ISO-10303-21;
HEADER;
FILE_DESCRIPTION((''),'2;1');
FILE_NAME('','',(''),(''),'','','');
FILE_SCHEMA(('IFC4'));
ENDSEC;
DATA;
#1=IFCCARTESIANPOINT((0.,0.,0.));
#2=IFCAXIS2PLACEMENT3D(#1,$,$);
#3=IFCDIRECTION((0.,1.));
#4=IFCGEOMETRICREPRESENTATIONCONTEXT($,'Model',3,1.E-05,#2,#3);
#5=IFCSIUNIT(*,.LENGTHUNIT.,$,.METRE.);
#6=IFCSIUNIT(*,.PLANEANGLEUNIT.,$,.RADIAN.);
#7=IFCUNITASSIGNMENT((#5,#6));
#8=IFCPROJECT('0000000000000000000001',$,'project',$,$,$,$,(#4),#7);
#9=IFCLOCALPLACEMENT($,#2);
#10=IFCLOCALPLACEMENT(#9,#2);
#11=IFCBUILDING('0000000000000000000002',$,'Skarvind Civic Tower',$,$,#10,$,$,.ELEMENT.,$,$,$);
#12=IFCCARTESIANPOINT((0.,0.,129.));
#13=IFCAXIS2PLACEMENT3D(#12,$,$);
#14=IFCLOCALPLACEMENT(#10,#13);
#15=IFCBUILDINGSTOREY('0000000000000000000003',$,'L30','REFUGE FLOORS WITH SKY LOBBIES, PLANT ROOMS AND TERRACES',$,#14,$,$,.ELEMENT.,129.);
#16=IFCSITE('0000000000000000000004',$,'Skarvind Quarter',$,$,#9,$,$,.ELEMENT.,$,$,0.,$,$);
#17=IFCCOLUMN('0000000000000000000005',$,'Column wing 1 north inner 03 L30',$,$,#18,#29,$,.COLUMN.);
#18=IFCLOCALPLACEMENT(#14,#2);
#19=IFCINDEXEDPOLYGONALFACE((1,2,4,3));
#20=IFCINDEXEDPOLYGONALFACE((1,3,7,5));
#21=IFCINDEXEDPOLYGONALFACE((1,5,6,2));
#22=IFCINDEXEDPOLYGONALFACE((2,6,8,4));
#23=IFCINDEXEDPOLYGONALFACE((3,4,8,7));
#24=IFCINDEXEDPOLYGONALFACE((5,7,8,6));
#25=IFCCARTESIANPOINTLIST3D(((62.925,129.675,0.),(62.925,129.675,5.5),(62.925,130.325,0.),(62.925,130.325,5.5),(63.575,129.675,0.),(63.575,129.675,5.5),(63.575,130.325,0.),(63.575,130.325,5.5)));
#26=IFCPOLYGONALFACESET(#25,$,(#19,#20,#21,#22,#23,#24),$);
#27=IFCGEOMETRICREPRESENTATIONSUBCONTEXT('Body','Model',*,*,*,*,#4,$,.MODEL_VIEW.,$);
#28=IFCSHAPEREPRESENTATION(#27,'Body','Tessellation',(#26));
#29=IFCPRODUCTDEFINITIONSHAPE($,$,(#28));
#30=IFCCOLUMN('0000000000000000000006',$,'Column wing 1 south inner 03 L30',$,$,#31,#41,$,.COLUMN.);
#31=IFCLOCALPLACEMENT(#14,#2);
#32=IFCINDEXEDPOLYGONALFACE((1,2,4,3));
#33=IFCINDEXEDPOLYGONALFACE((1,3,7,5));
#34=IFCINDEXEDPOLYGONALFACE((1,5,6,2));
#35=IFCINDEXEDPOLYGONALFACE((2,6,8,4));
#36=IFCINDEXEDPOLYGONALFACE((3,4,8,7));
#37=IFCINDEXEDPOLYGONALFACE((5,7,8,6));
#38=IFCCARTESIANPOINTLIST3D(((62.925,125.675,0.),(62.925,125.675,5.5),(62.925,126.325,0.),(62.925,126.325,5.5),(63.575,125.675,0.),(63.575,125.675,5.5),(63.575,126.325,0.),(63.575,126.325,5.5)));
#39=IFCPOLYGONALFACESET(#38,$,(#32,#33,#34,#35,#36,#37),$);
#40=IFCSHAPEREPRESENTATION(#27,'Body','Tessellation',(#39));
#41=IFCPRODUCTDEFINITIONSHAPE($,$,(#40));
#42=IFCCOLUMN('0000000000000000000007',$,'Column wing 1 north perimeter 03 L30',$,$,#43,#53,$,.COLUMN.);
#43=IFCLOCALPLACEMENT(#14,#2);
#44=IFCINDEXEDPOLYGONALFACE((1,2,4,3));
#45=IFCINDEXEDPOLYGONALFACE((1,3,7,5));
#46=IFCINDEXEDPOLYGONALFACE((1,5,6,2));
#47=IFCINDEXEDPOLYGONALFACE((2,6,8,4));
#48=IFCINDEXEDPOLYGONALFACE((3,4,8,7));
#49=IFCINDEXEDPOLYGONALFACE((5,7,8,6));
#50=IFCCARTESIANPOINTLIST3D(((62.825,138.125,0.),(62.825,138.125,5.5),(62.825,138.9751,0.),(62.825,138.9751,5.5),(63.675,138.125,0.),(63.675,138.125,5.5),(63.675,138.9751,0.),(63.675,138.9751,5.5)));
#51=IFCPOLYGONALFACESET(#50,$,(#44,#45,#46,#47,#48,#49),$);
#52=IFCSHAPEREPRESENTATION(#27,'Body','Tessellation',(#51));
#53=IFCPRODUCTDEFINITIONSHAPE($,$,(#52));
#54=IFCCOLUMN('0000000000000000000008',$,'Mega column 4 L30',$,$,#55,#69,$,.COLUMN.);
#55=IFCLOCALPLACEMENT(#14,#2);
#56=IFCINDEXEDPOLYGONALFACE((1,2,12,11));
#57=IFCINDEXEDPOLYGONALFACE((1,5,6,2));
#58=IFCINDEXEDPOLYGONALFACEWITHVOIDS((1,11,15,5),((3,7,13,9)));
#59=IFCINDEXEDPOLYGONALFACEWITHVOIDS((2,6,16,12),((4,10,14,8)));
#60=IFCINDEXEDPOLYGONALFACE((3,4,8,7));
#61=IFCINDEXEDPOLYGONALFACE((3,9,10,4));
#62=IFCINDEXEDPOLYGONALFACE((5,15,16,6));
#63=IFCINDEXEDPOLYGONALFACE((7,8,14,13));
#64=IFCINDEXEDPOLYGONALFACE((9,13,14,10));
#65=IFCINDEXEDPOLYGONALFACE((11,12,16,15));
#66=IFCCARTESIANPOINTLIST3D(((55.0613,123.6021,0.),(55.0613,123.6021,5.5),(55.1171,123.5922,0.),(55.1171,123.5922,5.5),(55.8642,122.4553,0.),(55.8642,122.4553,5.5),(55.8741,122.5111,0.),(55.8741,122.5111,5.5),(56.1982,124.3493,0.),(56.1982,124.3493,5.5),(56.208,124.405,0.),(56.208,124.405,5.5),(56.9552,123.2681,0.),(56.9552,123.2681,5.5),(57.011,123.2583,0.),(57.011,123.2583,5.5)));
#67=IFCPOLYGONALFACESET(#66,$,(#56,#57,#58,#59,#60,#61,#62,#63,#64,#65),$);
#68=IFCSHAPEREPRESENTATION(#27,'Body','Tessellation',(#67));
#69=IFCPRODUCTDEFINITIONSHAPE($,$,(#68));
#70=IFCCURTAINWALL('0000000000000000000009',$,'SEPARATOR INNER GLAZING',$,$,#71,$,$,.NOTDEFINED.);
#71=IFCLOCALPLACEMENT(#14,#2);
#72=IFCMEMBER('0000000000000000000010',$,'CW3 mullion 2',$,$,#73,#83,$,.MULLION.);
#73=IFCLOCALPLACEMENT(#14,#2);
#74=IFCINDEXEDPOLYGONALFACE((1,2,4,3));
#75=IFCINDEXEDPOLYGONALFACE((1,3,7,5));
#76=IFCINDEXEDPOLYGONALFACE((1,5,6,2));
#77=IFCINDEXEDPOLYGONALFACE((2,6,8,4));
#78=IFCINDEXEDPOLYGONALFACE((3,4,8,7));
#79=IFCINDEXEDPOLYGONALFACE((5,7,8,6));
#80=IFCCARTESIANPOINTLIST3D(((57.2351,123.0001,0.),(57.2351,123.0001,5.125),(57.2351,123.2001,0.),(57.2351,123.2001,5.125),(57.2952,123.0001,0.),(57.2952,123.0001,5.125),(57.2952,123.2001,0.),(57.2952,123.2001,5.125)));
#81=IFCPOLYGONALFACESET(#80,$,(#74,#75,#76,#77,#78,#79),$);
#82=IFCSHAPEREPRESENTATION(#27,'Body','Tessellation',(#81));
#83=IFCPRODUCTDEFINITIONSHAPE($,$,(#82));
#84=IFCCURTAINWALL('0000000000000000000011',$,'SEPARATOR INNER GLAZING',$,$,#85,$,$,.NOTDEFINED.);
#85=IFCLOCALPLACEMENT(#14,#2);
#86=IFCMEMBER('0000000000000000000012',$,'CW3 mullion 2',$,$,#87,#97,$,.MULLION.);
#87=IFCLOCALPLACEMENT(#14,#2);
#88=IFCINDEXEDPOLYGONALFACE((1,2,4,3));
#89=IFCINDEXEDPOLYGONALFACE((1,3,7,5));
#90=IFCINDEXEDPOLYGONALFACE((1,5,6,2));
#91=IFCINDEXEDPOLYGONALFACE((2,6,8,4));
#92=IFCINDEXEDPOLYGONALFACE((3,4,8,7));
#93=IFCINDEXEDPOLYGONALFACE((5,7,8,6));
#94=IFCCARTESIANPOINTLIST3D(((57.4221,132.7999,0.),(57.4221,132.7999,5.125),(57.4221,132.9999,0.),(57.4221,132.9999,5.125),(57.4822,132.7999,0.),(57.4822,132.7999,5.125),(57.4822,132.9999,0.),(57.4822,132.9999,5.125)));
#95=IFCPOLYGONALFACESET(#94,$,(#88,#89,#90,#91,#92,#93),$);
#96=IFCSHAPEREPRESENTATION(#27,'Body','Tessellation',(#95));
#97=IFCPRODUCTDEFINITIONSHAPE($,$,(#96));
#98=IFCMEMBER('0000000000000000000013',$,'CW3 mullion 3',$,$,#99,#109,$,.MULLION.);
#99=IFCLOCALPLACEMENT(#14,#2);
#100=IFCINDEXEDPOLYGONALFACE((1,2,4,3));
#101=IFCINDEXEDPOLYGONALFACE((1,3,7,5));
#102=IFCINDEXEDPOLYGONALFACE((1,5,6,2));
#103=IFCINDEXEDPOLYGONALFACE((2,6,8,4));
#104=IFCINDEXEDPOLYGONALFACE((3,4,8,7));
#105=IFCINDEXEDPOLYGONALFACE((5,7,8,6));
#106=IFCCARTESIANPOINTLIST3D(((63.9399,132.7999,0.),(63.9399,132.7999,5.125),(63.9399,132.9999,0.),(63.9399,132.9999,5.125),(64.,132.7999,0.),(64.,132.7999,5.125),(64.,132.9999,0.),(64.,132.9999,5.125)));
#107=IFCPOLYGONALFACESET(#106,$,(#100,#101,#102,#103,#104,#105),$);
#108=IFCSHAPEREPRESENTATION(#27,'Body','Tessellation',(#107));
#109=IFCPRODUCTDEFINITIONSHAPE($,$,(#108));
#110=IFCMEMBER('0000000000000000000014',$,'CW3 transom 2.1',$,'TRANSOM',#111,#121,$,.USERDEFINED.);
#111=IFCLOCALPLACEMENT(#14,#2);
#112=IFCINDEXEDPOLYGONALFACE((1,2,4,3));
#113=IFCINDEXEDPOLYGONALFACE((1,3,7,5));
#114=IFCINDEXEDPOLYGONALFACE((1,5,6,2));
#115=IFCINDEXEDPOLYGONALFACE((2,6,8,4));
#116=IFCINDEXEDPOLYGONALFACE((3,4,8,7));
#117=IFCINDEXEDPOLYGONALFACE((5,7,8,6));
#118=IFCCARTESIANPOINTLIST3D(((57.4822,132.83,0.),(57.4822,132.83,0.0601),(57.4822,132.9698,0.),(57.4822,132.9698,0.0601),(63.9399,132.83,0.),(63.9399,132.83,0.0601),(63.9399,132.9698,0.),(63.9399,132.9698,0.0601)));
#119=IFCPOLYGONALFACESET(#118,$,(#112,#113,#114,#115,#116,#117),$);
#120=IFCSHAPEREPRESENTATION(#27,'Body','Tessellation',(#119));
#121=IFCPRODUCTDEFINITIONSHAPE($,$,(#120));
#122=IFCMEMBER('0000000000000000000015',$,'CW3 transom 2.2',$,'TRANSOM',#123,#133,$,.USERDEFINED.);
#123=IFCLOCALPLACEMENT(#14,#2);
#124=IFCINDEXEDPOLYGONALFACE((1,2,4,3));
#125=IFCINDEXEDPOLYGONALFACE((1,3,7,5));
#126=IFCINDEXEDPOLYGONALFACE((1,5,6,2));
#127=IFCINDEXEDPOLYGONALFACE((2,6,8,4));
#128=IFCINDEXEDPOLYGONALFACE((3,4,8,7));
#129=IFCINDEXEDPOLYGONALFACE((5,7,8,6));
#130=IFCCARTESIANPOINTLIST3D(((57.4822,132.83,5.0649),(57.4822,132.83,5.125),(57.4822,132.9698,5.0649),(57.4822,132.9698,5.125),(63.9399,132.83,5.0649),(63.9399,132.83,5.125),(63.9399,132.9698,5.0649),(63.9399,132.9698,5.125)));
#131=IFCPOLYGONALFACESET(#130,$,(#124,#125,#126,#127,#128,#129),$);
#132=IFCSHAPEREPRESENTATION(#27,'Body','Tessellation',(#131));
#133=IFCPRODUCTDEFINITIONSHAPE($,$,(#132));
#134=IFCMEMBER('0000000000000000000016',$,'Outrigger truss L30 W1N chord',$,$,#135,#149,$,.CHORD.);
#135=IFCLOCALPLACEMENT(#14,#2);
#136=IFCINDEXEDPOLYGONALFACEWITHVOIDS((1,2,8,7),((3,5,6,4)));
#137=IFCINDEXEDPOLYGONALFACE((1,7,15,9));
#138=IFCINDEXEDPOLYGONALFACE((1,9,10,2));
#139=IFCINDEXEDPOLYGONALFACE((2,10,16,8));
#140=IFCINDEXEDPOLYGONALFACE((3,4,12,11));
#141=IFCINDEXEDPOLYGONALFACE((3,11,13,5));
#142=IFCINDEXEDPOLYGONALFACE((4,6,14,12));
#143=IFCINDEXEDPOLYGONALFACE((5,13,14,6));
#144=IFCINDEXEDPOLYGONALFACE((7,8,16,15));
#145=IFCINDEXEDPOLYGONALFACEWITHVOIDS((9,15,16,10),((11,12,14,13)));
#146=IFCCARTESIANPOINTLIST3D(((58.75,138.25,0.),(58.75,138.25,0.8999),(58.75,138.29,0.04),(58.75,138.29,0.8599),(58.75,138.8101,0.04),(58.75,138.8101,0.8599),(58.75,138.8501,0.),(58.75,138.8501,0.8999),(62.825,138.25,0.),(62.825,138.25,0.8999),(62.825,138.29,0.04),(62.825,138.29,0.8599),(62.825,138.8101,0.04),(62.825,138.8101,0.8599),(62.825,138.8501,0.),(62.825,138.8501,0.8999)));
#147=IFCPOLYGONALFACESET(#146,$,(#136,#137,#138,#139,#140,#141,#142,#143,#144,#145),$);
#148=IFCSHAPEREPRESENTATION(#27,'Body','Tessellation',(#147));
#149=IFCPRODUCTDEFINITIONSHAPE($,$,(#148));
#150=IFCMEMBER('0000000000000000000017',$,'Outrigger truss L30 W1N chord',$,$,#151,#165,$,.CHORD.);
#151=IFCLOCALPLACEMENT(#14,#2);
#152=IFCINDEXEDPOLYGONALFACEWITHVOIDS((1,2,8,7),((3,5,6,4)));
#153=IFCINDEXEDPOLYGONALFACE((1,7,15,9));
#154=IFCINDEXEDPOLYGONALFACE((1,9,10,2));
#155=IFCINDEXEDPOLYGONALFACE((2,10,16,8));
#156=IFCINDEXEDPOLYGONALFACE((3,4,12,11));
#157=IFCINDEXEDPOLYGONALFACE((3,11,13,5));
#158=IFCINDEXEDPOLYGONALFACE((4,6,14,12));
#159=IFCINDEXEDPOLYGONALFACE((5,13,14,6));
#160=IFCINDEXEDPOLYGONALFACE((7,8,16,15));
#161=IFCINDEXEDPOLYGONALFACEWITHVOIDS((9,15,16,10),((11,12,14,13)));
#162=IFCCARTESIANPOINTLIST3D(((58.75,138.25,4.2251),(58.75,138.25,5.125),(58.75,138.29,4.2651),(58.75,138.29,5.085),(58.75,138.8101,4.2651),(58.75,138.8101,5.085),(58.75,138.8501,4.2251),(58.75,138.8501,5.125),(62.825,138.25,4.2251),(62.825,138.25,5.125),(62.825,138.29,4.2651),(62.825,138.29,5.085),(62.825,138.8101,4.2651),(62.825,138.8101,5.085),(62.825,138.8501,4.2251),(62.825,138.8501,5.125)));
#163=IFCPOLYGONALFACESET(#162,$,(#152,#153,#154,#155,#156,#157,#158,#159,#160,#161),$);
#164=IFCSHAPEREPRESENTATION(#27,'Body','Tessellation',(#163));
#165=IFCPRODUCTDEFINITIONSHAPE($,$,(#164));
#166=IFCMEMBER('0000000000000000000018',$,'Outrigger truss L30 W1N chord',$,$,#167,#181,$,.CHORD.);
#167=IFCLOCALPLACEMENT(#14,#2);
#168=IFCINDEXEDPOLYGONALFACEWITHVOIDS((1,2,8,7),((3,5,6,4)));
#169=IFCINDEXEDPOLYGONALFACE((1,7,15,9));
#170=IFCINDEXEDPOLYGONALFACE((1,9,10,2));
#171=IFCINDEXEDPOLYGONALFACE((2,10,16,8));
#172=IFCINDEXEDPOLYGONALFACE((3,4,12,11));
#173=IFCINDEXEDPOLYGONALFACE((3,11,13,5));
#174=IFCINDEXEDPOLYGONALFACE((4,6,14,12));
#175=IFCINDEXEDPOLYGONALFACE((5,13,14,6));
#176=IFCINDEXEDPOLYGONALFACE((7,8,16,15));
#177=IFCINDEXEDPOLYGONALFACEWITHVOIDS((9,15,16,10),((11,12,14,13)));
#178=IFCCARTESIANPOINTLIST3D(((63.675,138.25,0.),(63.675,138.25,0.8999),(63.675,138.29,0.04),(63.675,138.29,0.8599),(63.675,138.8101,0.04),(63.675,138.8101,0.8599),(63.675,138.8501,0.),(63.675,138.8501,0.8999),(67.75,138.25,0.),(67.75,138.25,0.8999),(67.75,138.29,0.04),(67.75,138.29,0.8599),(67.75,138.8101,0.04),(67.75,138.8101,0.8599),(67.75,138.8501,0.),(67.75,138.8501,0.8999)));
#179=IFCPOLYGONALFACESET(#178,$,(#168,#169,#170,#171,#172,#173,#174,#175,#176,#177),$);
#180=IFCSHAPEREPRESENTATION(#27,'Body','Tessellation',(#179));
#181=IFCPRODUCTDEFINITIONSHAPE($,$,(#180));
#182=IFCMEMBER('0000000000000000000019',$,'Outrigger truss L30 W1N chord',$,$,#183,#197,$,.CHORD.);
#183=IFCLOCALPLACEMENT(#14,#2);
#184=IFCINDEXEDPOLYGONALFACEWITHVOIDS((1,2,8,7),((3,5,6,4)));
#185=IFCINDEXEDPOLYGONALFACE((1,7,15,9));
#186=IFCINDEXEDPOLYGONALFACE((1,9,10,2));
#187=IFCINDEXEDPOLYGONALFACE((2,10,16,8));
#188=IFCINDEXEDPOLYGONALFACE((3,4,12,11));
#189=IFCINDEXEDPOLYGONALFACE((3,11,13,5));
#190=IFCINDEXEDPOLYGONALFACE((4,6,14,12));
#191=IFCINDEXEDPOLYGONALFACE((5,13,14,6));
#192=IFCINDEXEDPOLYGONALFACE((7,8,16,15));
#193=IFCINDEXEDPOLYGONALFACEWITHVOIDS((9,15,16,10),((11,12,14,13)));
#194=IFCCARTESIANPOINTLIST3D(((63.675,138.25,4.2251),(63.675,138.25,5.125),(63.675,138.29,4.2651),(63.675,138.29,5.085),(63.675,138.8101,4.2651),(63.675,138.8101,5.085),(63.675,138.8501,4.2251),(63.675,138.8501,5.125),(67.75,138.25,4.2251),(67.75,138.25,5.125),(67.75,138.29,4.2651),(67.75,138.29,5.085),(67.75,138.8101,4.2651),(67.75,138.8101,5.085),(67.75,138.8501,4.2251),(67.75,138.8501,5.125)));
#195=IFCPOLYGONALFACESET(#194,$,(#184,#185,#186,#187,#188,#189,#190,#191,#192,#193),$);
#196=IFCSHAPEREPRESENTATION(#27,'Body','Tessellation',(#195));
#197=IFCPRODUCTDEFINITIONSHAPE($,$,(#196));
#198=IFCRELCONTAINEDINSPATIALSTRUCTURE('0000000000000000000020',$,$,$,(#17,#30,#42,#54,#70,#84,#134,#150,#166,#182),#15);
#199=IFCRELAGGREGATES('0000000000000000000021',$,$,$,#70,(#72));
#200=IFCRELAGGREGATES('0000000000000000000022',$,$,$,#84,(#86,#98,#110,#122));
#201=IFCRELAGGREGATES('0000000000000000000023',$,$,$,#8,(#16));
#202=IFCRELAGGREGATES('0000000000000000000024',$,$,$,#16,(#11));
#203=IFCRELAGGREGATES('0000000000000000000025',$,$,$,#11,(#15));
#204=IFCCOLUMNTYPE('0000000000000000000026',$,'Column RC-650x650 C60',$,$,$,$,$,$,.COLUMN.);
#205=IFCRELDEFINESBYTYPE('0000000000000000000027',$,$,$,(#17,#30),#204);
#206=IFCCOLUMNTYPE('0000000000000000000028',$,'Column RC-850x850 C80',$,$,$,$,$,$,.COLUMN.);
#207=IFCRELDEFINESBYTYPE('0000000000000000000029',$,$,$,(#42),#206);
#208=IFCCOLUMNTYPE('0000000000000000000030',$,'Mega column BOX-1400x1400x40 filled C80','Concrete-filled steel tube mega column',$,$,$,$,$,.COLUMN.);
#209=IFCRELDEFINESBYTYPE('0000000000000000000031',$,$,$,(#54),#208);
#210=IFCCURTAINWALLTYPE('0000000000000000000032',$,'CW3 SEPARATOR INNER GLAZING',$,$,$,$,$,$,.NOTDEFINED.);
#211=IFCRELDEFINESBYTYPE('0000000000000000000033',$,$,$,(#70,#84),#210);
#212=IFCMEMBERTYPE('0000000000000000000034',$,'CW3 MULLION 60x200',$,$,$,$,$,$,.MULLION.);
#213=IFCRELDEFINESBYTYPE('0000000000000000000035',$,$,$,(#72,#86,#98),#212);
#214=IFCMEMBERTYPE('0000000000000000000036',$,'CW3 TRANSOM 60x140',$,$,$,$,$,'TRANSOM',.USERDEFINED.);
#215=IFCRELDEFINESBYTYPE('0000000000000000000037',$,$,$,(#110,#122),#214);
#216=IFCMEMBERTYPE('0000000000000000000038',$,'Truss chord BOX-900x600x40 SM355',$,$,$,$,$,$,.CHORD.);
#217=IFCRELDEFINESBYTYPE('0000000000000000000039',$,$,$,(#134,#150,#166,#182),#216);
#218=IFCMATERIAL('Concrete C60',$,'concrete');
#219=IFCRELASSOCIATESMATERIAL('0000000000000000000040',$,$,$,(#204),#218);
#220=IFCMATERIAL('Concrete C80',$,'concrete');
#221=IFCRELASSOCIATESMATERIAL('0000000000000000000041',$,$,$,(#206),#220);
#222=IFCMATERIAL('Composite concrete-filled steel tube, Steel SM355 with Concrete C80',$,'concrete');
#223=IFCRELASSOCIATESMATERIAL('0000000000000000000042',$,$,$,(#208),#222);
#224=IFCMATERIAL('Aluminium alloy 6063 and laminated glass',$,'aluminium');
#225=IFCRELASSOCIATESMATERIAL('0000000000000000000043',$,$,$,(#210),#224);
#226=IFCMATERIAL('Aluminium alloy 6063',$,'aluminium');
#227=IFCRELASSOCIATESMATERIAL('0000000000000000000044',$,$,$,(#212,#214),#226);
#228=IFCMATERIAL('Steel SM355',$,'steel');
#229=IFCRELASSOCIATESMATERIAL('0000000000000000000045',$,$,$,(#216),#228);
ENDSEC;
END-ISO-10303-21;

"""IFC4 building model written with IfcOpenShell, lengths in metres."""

from ifc_helpers import new_model, si_unit, direction, frame, origin, origin_2d, place, context, subcontext, project, spatial, rectangle, hollow_rectangle, extrude, material, material_profile, profile_set, type_object, element, aggregate, save


model = new_model("IFC4")

# Units and contexts
model_context = context("Model", 3, precision=1e-05, world=origin(), true_north=direction((0.0, 1.0)))
body_context = subcontext(model_context, "Body", "Model", "MODEL_VIEW")
ifc_project = project(units=[si_unit("LENGTHUNIT", "METRE"), si_unit("PLANEANGLEUNIT", "RADIAN")], contexts=[model_context])

# Site, building, storey
site_placement = place(None, origin())
site = spatial("IfcSite", under=ifc_project, at=site_placement, Name="Skarvind Quarter", CompositionType="ELEMENT", RefElevation=0.0)
building_placement = place(site_placement, origin())
building = spatial("IfcBuilding", under=site, at=building_placement, Name="Skarvind Civic Tower", CompositionType="ELEMENT")
storey_placement = place(building_placement, frame((0.0, 0.0, 129.0)))
storey = spatial("IfcBuildingStorey", under=building, at=storey_placement, Name="L30", Description="REFUGE FLOORS WITH SKY LOBBIES, PLANT ROOMS AND TERRACES", CompositionType="ELEMENT", Elevation=129.0)

# Columns
ifc_material_1 = material(Name="Concrete C60", Category="concrete")
ifc_material_profile_1 = material_profile(ifc_material_1, rectangle(XDim=0.6499, YDim=0.6499, at=origin_2d()), Name="RC-650x650")
ifc_profile_set_1 = profile_set([ifc_material_profile_1], Name="Concrete C60")
column_type_1 = type_object("IfcColumnType", Name="Column RC-650x650 C60", PredefinedType="COLUMN", material=ifc_profile_set_1)
for number, where, z_axis, x_axis, name in (
    (1, (63.25, 130.0, 0.0), (0.0, 0.0, 1.0), (1.0, 0.0, 0.0), "Column wing 1 north inner 03 L30"),
    (2, (63.25, 126.0, 0.0), (0.0, 0.0, 1.0), (1.0, 0.0, 0.0), "Column wing 1 south inner 03 L30"),
):
    element("IfcColumn", number, at=place(storey_placement, frame(where, z_axis=z_axis, x_axis=x_axis)), inside=storey, type_object=column_type_1, Name=name, PredefinedType="COLUMN", context=body_context, shape_type="SweptSolid", body=[
        extrude(rectangle(XDim=0.6499, YDim=0.6499, at=origin_2d()), origin(), (0.0, 0.0, 1.0), 5.5),
    ])
ifc_material_2 = material(Name="Concrete C80", Category="concrete")
ifc_material_profile_2 = material_profile(ifc_material_2, rectangle(XDim=0.8501, YDim=0.8501, at=origin_2d()), Name="RC-850x850")
ifc_profile_set_2 = profile_set([ifc_material_profile_2], Name="Concrete C80")
column_type_2 = type_object("IfcColumnType", Name="Column RC-850x850 C80", PredefinedType="COLUMN", material=ifc_profile_set_2)
column_1_placement = place(storey_placement, frame((63.25, 138.55, 0.0), z_axis=(0.0, 0.0, 1.0), x_axis=(1.0, 0.0, 0.0)))
element("IfcColumn", 3, at=column_1_placement, inside=storey, type_object=column_type_2, Name="Column wing 1 north perimeter 03 L30", PredefinedType="COLUMN", context=body_context, shape_type="SweptSolid", body=[
    extrude(rectangle(XDim=0.8501, YDim=0.8501, at=origin_2d()), origin(), (0.0, 0.0, 1.0), 5.5),
])
ifc_material_3 = material(Name="Composite concrete-filled steel tube, Steel SM355 with Concrete C80", Category="concrete")
ifc_material_profile_3 = material_profile(ifc_material_3, hollow_rectangle(XDim=1.3999, YDim=1.3999, WallThickness=0.04, at=origin_2d()), Name="BOX-1400x1400x40")
ifc_profile_set_3 = profile_set([ifc_material_profile_3], Name="Composite concrete-filled steel tube, Steel SM355 with Concrete C80")
column_type_3 = type_object("IfcColumnType", Name="Mega column BOX-1400x1400x40 filled C80", Description="Concrete-filled steel tube mega column", PredefinedType="COLUMN", material=ifc_profile_set_3)
column_2_placement = place(storey_placement, frame((56.0361, 123.4302, 0.0), z_axis=(0.0, 0.0, 1.0), x_axis=(0.573576, -0.819152, 0.0)))
element("IfcColumn", 4, at=column_2_placement, inside=storey, type_object=column_type_3, Name="Mega column 4 L30", PredefinedType="COLUMN", context=body_context, shape_type="SweptSolid", body=[
    extrude(hollow_rectangle(XDim=1.3999, YDim=1.3999, WallThickness=0.04, at=origin_2d()), origin(), (0.0, 0.0, 1.0), 5.5),
])

# Curtain wall, member
ifc_material_4 = material(Name="Aluminium alloy 6063 and laminated glass", Category="aluminium")
curtain_wall_type = type_object("IfcCurtainWallType", Name="CW3 SEPARATOR INNER GLAZING", PredefinedType="NOTDEFINED", material=ifc_material_4)
curtain_wall_1_placement = place(storey_placement, origin())
curtain_wall_1 = element("IfcCurtainWall", 5, at=curtain_wall_1_placement, inside=storey, type_object=curtain_wall_type, Name="SEPARATOR INNER GLAZING", PredefinedType="NOTDEFINED")
ifc_material_5 = material(Name="Aluminium alloy 6063", Category="aluminium")
ifc_material_profile_4 = material_profile(ifc_material_5, rectangle(XDim=0.2, YDim=0.0601, at=origin_2d()), Name="AL 60x200")
ifc_profile_set_4 = profile_set([ifc_material_profile_4], Name="Aluminium alloy 6063")
member_type_1 = type_object("IfcMemberType", Name="CW3 MULLION 60x200", PredefinedType="MULLION", material=ifc_profile_set_4)
member_1_placement = place(storey_placement, frame((57.2651, 123.1001, 0.0), z_axis=(0.0, 0.0, 1.0), x_axis=(0.0, -1.0, 0.0)))
member_1 = element("IfcMember", 6, at=member_1_placement, type_object=member_type_1, Name="CW3 mullion 2", PredefinedType="MULLION", context=body_context, shape_type="SweptSolid", body=[
    extrude(rectangle(XDim=0.2, YDim=0.0601, at=origin_2d()), origin(), (0.0, 0.0, 1.0), 5.125),
])

# Curtain wall, members
curtain_wall_2_placement = place(storey_placement, origin())
curtain_wall_2 = element("IfcCurtainWall", 7, at=curtain_wall_2_placement, inside=storey, type_object=curtain_wall_type, Name="SEPARATOR INNER GLAZING", PredefinedType="NOTDEFINED")
member_2_placement = place(storey_placement, frame((57.4521, 132.8999, 0.0), z_axis=(0.0, 0.0, 1.0), x_axis=(0.0, 1.0, 0.0)))
member_2 = element("IfcMember", 8, at=member_2_placement, type_object=member_type_1, Name="CW3 mullion 2", PredefinedType="MULLION", context=body_context, shape_type="SweptSolid", body=[
    extrude(rectangle(XDim=0.2, YDim=0.0601, at=origin_2d()), origin(), (0.0, 0.0, 1.0), 5.125),
])
member_3_placement = place(storey_placement, frame((63.97, 132.8999, 0.0), z_axis=(0.0, 0.0, 1.0), x_axis=(0.0, 1.0, 0.0)))
member_3 = element("IfcMember", 9, at=member_3_placement, type_object=member_type_1, Name="CW3 mullion 3", PredefinedType="MULLION", context=body_context, shape_type="SweptSolid", body=[
    extrude(rectangle(XDim=0.2, YDim=0.0601, at=origin_2d()), origin(), (0.0, 0.0, 1.0), 5.125),
])
ifc_material_profile_5 = material_profile(ifc_material_5, rectangle(XDim=0.1399, YDim=0.0601, at=origin_2d()), Name="AL 60x140")
ifc_profile_set_5 = profile_set([ifc_material_profile_5], Name="Aluminium alloy 6063")
member_type_2 = type_object("IfcMemberType", Name="CW3 TRANSOM 60x140", ElementType="TRANSOM", PredefinedType="USERDEFINED", material=ifc_profile_set_5)
member_4_placement = place(storey_placement, frame((57.4822, 132.8999, 0.03), z_axis=(1.0, 0.0, 0.0), x_axis=(0.0, 1.0, 0.0)))
member_4 = element("IfcMember", 10, at=member_4_placement, type_object=member_type_2, Name="CW3 transom 2.1", ObjectType="TRANSOM", PredefinedType="USERDEFINED", context=body_context, shape_type="SweptSolid", body=[
    extrude(rectangle(XDim=0.1399, YDim=0.0601, at=origin_2d()), origin(), (0.0, 0.0, 1.0), 6.4578),
])
member_5_placement = place(storey_placement, frame((57.4822, 132.8999, 5.095), z_axis=(1.0, 0.0, 0.0), x_axis=(0.0, 1.0, 0.0)))
member_5 = element("IfcMember", 11, at=member_5_placement, type_object=member_type_2, Name="CW3 transom 2.2", ObjectType="TRANSOM", PredefinedType="USERDEFINED", context=body_context, shape_type="SweptSolid", body=[
    extrude(rectangle(XDim=0.1399, YDim=0.0601, at=origin_2d()), origin(), (0.0, 0.0, 1.0), 6.4578),
])

# Members
ifc_material_6 = material(Name="Steel SM355", Category="steel")
ifc_material_profile_6 = material_profile(ifc_material_6, hollow_rectangle(XDim=0.6001, YDim=0.8999, WallThickness=0.04, at=origin_2d()), Name="BOX-900x600x40")
ifc_profile_set_6 = profile_set([ifc_material_profile_6], Name="Steel SM355")
member_type_3 = type_object("IfcMemberType", Name="Truss chord BOX-900x600x40 SM355", PredefinedType="CHORD", material=ifc_profile_set_6)
for number, where, z_axis, x_axis, name in (
    (12, (58.75, 138.55, 0.45), (1.0, 0.0, 0.0), (0.0, 1.0, 0.0), "Outrigger truss L30 W1N chord"),
    (13, (58.75, 138.55, 4.675), (1.0, 0.0, 0.0), (0.0, 1.0, 0.0), "Outrigger truss L30 W1N chord"),
    (14, (63.675, 138.55, 0.45), (1.0, 0.0, 0.0), (0.0, 1.0, 0.0), "Outrigger truss L30 W1N chord"),
    (15, (63.675, 138.55, 4.675), (1.0, 0.0, 0.0), (0.0, 1.0, 0.0), "Outrigger truss L30 W1N chord"),
):
    element("IfcMember", number, at=place(storey_placement, frame(where, z_axis=z_axis, x_axis=x_axis)), inside=storey, type_object=member_type_3, Name=name, PredefinedType="CHORD", context=body_context, shape_type="SweptSolid", body=[
        extrude(hollow_rectangle(XDim=0.6001, YDim=0.8999, WallThickness=0.04, at=origin_2d()), origin(), (0.0, 0.0, 1.0), 4.075),
    ])

aggregate(curtain_wall_1, [member_1])
aggregate(curtain_wall_2, [member_2, member_3, member_4, member_5])

save(model, "model.ifc")
